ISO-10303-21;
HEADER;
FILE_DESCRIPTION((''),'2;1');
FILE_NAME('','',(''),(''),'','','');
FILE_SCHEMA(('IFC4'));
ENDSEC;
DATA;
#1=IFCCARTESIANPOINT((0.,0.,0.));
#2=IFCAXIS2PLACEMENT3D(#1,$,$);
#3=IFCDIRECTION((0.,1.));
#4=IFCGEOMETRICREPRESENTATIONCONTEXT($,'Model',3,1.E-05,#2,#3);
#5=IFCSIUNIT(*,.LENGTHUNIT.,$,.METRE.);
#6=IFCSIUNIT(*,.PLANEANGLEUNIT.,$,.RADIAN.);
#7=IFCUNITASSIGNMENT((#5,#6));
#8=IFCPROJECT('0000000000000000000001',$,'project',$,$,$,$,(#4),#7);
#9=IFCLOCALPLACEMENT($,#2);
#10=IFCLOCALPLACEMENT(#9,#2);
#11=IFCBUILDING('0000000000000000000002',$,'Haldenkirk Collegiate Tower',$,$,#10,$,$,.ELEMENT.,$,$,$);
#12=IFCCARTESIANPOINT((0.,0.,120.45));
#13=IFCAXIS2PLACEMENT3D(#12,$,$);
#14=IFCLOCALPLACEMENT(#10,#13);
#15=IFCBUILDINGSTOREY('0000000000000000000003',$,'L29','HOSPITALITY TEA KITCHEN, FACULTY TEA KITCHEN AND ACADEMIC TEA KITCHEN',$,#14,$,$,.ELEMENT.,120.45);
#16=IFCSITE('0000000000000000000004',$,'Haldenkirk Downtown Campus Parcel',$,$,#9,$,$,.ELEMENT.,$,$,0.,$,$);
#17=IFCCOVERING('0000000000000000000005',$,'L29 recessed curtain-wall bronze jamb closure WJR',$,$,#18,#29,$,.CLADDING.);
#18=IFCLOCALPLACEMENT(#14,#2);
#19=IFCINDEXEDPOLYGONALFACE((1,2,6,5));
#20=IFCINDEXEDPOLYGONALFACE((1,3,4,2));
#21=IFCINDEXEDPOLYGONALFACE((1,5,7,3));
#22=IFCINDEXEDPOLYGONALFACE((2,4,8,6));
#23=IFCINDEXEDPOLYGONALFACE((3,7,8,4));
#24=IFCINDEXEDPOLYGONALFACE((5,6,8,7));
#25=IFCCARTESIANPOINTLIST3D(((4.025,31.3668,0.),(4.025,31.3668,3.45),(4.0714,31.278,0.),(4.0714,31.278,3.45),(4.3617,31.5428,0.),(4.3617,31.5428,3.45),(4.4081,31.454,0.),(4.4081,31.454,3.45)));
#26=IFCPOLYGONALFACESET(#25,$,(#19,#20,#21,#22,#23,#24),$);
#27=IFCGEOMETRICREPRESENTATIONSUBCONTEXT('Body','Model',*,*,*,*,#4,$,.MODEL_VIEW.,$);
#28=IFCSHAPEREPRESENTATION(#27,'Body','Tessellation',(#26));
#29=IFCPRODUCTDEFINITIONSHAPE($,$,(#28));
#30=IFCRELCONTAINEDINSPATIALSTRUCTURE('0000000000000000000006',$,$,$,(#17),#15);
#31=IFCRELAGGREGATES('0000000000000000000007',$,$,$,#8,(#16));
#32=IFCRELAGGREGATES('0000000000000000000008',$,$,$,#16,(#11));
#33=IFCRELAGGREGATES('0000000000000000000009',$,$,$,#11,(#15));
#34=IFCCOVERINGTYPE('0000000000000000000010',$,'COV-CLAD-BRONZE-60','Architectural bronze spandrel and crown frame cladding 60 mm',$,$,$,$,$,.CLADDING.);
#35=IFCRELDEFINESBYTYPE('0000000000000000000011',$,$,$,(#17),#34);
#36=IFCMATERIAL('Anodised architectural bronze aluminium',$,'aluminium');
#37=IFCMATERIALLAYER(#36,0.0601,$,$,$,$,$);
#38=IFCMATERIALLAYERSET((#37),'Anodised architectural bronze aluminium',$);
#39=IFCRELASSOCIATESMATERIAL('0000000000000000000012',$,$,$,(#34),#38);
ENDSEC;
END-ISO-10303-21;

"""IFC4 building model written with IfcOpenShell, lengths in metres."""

from ifc_helpers import new_model, si_unit, direction, frame, origin, origin_2d, place, context, subcontext, project, spatial, rectangle, extrude, source, transform, mapped, material, layer, layer_set, type_object, element, save


model = new_model("IFC4")

# Units and contexts
model_context = context("Model", 3, precision=1e-05, world=origin(), true_north=direction((0.0, 1.0)))
body_context = subcontext(model_context, "Body", "Model", "MODEL_VIEW")
ifc_project = project(units=[si_unit("LENGTHUNIT", "METRE"), si_unit("PLANEANGLEUNIT", "RADIAN")], contexts=[model_context])

# Site, building, storey
site_placement = place(None, origin())
site = spatial("IfcSite", under=ifc_project, at=site_placement, Name="Haldenkirk Downtown Campus Parcel", CompositionType="ELEMENT", RefElevation=0.0)
building_placement = place(site_placement, origin())
building = spatial("IfcBuilding", under=site, at=building_placement, Name="Haldenkirk Collegiate Tower", CompositionType="ELEMENT")
storey_placement = place(building_placement, frame((0.0, 0.0, 120.45)))
storey = spatial("IfcBuildingStorey", under=building, at=storey_placement, Name="L29", Description="HOSPITALITY TEA KITCHEN, FACULTY TEA KITCHEN AND ACADEMIC TEA KITCHEN", CompositionType="ELEMENT", Elevation=120.45)

# Shared definitions
ifc_material_1 = material(Name="Anodised architectural bronze aluminium", Category="aluminium")

# Covering
ifc_layer_1 = layer(ifc_material_1, 0.0601)
ifc_layer_set_1 = layer_set([ifc_layer_1], Name="Anodised architectural bronze aluminium")
covering_type = type_object("IfcCoveringType", Name="COV-CLAD-BRONZE-60", Description="Architectural bronze spandrel and crown frame cladding 60 mm", PredefinedType="CLADDING", material=ifc_layer_set_1)
shared_shape_1 = source(origin(), body_context, "Body", "SweptSolid", [
    extrude(rectangle(XDim=0.1001, YDim=0.3799, at=origin_2d()), origin(), (0.0, 0.0, 1.0), 3.45),
])
for number, where, z_axis, x_axis, name in (
    (1, (4.2166, 31.4104, 0.0), (0.0, 0.0, 1.0), (-0.463296, 0.886204, 0.0), "L29 recessed curtain-wall bronze jamb closure WJR"),
):
    element("IfcCovering", number, at=place(storey_placement, frame(where, z_axis=z_axis, x_axis=x_axis)), inside=storey, type_object=covering_type, Name=name, PredefinedType="CLADDING", context=body_context, shape_type="MappedRepresentation", body=[
        mapped(shared_shape_1, transform((0.0, 0.0, 0.0), x_axis=(1.0, 0.0, 0.0), y_axis=(0.0, 1.0, 0.0), z_axis=(0.0, 0.0, 1.0), scale=1.0)),
    ])

save(model, "model.ifc")
